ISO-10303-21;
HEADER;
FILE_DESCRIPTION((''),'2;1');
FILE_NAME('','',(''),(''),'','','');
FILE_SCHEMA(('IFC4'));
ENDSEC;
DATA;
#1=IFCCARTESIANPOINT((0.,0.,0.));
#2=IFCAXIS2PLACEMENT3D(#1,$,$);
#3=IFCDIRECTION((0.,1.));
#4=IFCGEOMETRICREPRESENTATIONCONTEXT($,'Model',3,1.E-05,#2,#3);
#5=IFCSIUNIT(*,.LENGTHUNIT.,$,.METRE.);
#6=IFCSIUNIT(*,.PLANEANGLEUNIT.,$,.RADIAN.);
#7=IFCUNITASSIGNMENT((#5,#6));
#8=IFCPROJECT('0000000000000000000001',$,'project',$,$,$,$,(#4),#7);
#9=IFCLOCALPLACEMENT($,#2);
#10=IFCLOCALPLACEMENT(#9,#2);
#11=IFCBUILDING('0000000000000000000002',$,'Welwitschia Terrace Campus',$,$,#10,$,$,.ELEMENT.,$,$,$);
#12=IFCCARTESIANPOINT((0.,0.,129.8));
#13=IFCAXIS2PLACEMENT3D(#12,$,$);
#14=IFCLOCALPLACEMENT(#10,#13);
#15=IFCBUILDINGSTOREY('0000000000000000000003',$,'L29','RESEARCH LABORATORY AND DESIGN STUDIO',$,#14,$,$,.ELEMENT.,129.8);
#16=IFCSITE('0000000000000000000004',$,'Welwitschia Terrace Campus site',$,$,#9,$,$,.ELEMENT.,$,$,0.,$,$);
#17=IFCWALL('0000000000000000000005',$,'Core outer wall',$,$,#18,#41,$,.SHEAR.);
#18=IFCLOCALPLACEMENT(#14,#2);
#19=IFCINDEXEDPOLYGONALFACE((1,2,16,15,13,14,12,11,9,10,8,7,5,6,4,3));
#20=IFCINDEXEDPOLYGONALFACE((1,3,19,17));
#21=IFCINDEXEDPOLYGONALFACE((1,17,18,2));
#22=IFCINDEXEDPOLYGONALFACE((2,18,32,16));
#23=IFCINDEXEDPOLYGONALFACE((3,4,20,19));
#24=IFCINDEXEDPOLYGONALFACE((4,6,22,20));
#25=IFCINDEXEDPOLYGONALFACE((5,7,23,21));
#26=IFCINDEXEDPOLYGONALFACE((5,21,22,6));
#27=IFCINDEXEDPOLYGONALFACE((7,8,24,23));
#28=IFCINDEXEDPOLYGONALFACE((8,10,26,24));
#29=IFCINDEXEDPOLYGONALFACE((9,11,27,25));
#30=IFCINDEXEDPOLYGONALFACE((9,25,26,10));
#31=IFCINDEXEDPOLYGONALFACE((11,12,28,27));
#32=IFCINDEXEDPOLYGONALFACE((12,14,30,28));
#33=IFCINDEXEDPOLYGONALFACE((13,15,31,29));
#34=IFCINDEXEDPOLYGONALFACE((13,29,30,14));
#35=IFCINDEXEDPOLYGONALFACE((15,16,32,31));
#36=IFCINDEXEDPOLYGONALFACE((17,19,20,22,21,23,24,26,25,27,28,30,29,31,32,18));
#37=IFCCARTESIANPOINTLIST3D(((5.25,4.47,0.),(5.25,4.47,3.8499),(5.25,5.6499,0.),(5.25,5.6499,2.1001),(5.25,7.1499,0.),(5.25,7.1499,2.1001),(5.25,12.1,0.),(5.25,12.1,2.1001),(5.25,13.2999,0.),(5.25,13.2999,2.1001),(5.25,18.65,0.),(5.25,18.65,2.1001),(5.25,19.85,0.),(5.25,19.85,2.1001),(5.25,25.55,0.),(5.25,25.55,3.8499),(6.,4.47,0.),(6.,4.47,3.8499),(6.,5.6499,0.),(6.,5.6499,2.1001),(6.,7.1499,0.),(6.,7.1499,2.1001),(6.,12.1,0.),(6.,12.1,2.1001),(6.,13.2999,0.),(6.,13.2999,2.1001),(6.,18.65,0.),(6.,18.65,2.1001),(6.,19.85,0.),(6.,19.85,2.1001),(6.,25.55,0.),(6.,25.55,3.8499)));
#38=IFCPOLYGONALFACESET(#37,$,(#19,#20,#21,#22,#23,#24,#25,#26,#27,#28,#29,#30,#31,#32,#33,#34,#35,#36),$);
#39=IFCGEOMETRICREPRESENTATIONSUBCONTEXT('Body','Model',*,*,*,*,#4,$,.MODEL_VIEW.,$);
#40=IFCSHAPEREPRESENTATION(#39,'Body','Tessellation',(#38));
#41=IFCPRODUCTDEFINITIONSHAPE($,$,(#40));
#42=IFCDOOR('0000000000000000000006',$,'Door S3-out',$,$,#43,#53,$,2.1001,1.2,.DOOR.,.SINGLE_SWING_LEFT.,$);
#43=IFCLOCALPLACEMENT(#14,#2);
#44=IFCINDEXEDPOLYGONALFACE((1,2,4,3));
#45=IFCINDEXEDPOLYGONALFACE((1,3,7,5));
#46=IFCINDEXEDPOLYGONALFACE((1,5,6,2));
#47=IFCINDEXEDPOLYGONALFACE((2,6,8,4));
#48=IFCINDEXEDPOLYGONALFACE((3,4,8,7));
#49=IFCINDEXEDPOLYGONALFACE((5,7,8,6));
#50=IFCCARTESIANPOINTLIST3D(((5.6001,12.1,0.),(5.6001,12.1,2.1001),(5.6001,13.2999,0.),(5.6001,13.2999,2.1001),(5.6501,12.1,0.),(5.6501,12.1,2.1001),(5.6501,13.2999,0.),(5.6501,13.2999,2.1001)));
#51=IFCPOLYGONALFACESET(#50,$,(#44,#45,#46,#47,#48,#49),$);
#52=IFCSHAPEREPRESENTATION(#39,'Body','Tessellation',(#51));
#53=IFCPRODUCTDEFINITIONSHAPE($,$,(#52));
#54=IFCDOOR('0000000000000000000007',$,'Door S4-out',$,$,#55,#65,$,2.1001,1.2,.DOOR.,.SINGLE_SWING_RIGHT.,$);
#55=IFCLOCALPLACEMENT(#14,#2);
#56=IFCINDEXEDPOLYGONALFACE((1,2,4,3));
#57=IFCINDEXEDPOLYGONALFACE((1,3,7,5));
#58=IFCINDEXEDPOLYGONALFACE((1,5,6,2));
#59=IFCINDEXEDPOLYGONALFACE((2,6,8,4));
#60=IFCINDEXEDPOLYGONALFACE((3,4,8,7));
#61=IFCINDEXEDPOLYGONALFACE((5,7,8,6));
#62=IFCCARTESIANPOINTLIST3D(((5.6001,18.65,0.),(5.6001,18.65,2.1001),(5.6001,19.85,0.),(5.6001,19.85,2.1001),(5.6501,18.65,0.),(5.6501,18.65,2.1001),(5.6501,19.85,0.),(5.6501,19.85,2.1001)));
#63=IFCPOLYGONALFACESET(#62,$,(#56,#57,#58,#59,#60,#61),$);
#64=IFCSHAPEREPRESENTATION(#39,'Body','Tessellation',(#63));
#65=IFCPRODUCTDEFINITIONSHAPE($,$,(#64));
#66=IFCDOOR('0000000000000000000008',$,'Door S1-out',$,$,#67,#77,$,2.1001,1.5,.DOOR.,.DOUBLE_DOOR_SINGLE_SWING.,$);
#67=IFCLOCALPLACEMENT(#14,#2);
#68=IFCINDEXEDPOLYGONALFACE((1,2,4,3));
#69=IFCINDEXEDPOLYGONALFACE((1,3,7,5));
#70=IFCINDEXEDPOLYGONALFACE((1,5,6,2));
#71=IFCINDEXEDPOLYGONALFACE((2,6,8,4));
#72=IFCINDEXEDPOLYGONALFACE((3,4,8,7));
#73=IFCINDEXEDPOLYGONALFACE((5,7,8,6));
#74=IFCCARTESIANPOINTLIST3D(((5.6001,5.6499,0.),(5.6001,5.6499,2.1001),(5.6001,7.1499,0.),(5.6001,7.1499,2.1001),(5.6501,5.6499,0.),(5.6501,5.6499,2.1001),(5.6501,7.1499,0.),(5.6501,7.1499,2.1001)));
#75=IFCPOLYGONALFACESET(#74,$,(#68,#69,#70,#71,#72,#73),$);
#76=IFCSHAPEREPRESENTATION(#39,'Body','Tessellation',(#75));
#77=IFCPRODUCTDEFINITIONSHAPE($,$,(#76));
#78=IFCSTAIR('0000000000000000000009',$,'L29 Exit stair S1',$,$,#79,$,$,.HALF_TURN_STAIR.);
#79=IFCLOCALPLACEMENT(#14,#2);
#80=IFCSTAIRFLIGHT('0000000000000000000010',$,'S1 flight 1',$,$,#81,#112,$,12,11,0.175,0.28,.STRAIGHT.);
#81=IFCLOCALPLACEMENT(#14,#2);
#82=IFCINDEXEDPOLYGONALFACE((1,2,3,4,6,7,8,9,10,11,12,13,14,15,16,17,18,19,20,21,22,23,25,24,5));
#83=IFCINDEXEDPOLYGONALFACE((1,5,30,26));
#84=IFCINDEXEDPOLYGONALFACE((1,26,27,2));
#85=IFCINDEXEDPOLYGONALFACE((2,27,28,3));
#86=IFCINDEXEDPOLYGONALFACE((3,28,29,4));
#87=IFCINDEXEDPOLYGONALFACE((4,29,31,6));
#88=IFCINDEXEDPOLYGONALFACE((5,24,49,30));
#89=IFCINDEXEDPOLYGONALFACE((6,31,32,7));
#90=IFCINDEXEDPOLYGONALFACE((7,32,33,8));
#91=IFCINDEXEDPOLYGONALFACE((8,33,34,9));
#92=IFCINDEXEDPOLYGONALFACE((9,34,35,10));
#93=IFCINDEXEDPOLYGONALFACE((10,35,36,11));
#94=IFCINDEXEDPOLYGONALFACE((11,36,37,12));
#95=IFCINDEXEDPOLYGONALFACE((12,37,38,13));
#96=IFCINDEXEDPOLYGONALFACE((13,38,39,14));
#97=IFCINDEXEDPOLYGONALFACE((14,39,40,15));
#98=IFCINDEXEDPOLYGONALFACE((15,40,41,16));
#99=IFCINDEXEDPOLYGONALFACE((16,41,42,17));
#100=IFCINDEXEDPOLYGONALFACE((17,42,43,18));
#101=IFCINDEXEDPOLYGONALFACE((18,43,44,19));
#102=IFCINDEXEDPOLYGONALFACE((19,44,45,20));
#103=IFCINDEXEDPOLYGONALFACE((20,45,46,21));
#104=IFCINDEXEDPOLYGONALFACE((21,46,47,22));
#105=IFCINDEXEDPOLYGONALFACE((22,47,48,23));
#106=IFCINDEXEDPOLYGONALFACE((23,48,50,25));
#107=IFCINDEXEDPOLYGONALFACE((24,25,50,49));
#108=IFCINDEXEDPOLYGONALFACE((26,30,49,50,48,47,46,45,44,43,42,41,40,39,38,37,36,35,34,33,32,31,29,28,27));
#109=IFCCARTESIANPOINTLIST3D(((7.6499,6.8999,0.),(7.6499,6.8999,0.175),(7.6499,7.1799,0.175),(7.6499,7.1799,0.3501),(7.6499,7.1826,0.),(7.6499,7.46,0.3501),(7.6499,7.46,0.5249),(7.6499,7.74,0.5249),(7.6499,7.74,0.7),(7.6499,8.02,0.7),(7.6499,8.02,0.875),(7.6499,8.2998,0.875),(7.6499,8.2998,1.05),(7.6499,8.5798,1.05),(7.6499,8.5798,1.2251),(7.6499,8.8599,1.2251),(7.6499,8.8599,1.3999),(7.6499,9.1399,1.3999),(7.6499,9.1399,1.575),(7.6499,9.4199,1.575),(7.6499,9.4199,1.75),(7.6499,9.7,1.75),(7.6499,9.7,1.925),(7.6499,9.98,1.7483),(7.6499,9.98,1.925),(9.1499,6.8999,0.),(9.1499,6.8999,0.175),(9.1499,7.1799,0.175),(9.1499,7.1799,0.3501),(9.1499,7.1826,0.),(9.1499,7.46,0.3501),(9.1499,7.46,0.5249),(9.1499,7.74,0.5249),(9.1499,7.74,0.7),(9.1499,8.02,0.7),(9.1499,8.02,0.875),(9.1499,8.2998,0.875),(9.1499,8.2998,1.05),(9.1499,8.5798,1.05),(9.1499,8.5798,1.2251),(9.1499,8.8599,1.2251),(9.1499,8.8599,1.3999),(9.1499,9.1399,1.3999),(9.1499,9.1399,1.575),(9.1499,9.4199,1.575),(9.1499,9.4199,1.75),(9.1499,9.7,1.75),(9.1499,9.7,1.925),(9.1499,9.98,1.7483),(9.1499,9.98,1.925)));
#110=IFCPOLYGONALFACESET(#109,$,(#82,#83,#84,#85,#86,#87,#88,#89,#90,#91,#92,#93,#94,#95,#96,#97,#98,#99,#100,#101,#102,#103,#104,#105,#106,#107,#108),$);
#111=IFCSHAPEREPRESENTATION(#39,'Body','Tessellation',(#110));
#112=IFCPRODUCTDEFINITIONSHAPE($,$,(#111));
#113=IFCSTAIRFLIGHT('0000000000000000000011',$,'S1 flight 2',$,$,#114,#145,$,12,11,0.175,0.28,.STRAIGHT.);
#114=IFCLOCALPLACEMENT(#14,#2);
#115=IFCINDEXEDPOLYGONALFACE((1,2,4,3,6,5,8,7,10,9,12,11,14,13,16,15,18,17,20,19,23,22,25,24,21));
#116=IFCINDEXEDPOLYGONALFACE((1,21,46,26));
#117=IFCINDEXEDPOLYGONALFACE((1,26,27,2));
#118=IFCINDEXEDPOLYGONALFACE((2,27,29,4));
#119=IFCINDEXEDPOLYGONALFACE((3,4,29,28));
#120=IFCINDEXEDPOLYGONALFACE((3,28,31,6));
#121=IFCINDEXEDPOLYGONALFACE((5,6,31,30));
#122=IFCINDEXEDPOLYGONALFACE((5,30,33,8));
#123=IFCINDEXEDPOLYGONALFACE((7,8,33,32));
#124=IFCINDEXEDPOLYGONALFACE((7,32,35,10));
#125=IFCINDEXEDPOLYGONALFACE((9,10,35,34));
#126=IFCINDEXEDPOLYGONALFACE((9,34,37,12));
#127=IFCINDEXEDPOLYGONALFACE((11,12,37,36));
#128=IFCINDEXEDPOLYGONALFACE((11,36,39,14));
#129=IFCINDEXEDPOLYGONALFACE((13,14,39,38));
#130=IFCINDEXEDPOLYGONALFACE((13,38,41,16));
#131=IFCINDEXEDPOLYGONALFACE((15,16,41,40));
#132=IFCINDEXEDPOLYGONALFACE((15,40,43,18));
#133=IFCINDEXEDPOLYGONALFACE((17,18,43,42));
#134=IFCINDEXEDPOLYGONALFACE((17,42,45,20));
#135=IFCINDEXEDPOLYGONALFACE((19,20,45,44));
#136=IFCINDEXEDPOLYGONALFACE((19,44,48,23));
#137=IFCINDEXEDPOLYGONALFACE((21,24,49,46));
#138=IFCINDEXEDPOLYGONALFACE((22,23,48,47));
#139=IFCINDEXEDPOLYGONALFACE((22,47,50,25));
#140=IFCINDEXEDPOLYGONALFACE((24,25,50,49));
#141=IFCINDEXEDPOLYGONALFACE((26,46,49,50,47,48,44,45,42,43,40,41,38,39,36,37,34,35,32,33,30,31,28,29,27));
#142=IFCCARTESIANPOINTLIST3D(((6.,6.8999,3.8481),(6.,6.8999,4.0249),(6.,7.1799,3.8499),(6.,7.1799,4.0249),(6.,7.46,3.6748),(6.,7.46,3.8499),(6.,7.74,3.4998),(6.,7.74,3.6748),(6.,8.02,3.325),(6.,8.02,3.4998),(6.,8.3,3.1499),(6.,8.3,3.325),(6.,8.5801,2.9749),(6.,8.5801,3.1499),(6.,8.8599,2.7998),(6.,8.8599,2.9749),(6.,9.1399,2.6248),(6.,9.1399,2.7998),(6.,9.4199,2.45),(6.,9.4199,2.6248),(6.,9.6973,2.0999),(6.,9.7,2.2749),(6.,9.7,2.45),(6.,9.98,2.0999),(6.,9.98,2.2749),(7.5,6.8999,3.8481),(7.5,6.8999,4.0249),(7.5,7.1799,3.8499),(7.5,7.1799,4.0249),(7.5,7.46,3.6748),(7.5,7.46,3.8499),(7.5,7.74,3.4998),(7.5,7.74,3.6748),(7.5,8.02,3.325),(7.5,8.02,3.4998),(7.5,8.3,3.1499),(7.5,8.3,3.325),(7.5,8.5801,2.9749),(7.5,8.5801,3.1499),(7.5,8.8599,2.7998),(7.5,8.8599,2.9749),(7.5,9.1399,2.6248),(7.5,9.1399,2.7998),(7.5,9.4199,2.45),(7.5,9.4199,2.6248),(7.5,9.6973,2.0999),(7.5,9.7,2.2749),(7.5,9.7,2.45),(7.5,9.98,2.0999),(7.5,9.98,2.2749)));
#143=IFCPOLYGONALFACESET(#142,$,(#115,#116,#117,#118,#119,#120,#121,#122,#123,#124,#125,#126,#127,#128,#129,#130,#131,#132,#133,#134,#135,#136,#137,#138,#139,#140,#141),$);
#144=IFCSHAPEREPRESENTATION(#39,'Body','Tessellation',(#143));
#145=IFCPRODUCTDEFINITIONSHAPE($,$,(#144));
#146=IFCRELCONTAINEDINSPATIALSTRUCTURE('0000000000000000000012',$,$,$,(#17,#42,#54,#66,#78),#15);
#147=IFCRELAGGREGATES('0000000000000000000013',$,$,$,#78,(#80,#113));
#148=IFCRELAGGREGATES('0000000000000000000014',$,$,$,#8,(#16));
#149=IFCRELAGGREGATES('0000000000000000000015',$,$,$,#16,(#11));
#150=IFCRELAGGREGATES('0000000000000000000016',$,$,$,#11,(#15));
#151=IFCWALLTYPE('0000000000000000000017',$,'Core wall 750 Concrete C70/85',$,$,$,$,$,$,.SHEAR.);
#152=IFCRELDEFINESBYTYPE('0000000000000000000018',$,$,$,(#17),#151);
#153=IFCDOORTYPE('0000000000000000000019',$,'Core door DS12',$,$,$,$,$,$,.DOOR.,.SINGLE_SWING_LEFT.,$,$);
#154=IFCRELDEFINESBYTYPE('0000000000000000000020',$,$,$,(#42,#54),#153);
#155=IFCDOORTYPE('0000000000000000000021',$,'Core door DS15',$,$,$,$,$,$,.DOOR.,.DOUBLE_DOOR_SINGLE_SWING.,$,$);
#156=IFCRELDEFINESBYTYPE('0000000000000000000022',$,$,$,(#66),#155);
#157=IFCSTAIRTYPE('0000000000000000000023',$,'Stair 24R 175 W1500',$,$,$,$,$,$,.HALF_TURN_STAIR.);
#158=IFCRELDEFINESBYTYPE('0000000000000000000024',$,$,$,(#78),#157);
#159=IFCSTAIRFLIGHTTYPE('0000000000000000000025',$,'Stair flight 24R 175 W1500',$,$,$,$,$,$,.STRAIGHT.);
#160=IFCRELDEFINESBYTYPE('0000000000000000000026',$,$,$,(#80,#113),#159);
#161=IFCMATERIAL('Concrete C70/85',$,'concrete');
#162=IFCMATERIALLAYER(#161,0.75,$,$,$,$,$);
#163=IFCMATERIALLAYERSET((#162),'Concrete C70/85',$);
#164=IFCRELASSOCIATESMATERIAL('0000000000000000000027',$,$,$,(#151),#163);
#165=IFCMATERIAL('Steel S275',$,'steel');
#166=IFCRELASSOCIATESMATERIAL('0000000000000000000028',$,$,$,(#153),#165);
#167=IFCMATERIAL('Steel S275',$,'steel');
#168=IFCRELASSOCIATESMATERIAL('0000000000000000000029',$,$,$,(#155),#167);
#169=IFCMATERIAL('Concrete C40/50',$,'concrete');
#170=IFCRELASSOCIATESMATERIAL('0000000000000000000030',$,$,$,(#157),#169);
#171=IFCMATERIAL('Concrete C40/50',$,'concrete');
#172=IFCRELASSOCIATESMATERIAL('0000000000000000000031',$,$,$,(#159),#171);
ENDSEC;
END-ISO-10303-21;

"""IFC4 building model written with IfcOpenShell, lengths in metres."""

from ifc_helpers import new_model, si_unit, direction, frame, frame_2d, origin, place, context, subcontext, project, spatial, polyline, rectangle, outline, extrude, material, layer, layer_set, type_object, element, fill, aggregate, save


model = new_model("IFC4")

# Units and contexts
model_context = context("Model", 3, precision=1e-05, world=origin(), true_north=direction((0.0, 1.0)))
body_context = subcontext(model_context, "Body", "Model", "MODEL_VIEW")
ifc_project = project(units=[si_unit("LENGTHUNIT", "METRE"), si_unit("PLANEANGLEUNIT", "RADIAN")], contexts=[model_context])

# Site, building, storey
site_placement = place(None, origin())
site = spatial("IfcSite", under=ifc_project, at=site_placement, Name="Welwitschia Terrace Campus site", CompositionType="ELEMENT", RefElevation=0.0)
building_placement = place(site_placement, origin())
building = spatial("IfcBuilding", under=site, at=building_placement, Name="Welwitschia Terrace Campus", CompositionType="ELEMENT")
storey_placement = place(building_placement, frame((0.0, 0.0, 129.8)))
storey = spatial("IfcBuildingStorey", under=building, at=storey_placement, Name="L29", Description="RESEARCH LABORATORY AND DESIGN STUDIO", CompositionType="ELEMENT", Elevation=129.8)

# Wall, openings, doors
ifc_material_1 = material(Name="Concrete C70/85", Category="concrete")
ifc_layer_1 = layer(ifc_material_1, 0.75)
ifc_layer_set_1 = layer_set([ifc_layer_1], Name="Concrete C70/85")
wall_type_1 = type_object("IfcWallType", Name="Core wall 750 Concrete C70/85", PredefinedType="SHEAR", material=ifc_layer_set_1)
wall_1_placement = place(storey_placement, frame((5.625, 4.47, 0.0), z_axis=(0.0, 0.0, 1.0), x_axis=(0.0, 1.0, 0.0)))
wall_1 = element("IfcWall", 1, at=wall_1_placement, inside=storey, type_object=wall_type_1, Name="Core outer wall", PredefinedType="SHEAR", context=body_context, shape_type="SweptSolid", body=[
    extrude(rectangle(XDim=21.0801, YDim=0.75, at=frame_2d((10.54, 0.0))), origin(), (0.0, 0.0, 1.0), 3.8499),
])
opening_1_placement = place(wall_1_placement, frame((1.1799, 0.0, 0.0)))
opening_1 = element("IfcOpeningElement", 2, at=opening_1_placement, cuts=wall_1, PredefinedType="OPENING", context=body_context, shape_type="SweptSolid", body=[
    extrude(rectangle(XDim=1.5, YDim=2.1001, at=frame_2d((0.75, 1.05))), frame((0.0, 0.385, 0.0), z_axis=(0.0, -1.0, 0.0), x_axis=(1.0, 0.0, 0.0)), (0.0, 0.0, 1.0), 0.77),
])
opening_2_placement = place(wall_1_placement, frame((7.6299, 0.0, 0.0)))
opening_2 = element("IfcOpeningElement", 3, at=opening_2_placement, cuts=wall_1, PredefinedType="OPENING", context=body_context, shape_type="SweptSolid", body=[
    extrude(rectangle(XDim=1.2, YDim=2.1001, at=frame_2d((0.6001, 1.05))), frame((0.0, 0.385, 0.0), z_axis=(0.0, -1.0, 0.0), x_axis=(1.0, 0.0, 0.0)), (0.0, 0.0, 1.0), 0.77),
])
opening_3_placement = place(wall_1_placement, frame((14.1799, 0.0, 0.0)))
opening_3 = element("IfcOpeningElement", 4, at=opening_3_placement, cuts=wall_1, PredefinedType="OPENING", context=body_context, shape_type="SweptSolid", body=[
    extrude(rectangle(XDim=1.2, YDim=2.1001, at=frame_2d((0.6001, 1.05))), frame((0.0, 0.385, 0.0), z_axis=(0.0, -1.0, 0.0), x_axis=(1.0, 0.0, 0.0)), (0.0, 0.0, 1.0), 0.77),
])
ifc_material_2 = material(Name="Steel S275", Category="steel")
door_type_1 = type_object("IfcDoorType", Name="Core door DS12", OperationType="SINGLE_SWING_LEFT", PredefinedType="DOOR", material=ifc_material_2)
door_1_placement = place(opening_2_placement, origin())
door_1 = element("IfcDoor", 5, at=door_1_placement, inside=storey, type_object=door_type_1, Name="Door S3-out", OperationType="SINGLE_SWING_LEFT", OverallHeight=2.1001, OverallWidth=1.2, PredefinedType="DOOR", context=body_context, shape_type="SweptSolid", body=[
    extrude(rectangle(XDim=1.2, YDim=2.1001, at=frame_2d((0.6001, 1.05))), frame((0.0, 0.0249, 0.0), z_axis=(0.0, -1.0, 0.0), x_axis=(1.0, 0.0, 0.0)), (0.0, 0.0, 1.0), 0.05),
])
fill(opening_2, door_1)
door_2_placement = place(opening_3_placement, origin())
door_2 = element("IfcDoor", 6, at=door_2_placement, inside=storey, type_object=door_type_1, Name="Door S4-out", OperationType="SINGLE_SWING_RIGHT", OverallHeight=2.1001, OverallWidth=1.2, PredefinedType="DOOR", context=body_context, shape_type="SweptSolid", body=[
    extrude(rectangle(XDim=1.2, YDim=2.1001, at=frame_2d((0.6001, 1.05))), frame((0.0, 0.0249, 0.0), z_axis=(0.0, -1.0, 0.0), x_axis=(1.0, 0.0, 0.0)), (0.0, 0.0, 1.0), 0.05),
])
fill(opening_3, door_2)
ifc_material_3 = material(Name="Steel S275", Category="steel")
door_type_2 = type_object("IfcDoorType", Name="Core door DS15", OperationType="DOUBLE_DOOR_SINGLE_SWING", PredefinedType="DOOR", material=ifc_material_3)
door_3_placement = place(opening_1_placement, origin())
door_3 = element("IfcDoor", 7, at=door_3_placement, inside=storey, type_object=door_type_2, Name="Door S1-out", OperationType="DOUBLE_DOOR_SINGLE_SWING", OverallHeight=2.1001, OverallWidth=1.5, PredefinedType="DOOR", context=body_context, shape_type="SweptSolid", body=[
    extrude(rectangle(XDim=1.5, YDim=2.1001, at=frame_2d((0.75, 1.05))), frame((0.0, 0.0249, 0.0), z_axis=(0.0, -1.0, 0.0), x_axis=(1.0, 0.0, 0.0)), (0.0, 0.0, 1.0), 0.05),
])
fill(opening_1, door_3)

# Stair, stair flights
ifc_material_4 = material(Name="Concrete C40/50", Category="concrete")
stair_type = type_object("IfcStairType", Name="Stair 24R 175 W1500", PredefinedType="HALF_TURN_STAIR", material=ifc_material_4)
stair_placement = place(storey_placement, origin())
stair = element("IfcStair", 8, at=stair_placement, inside=storey, type_object=stair_type, Name="L29 Exit stair S1", PredefinedType="HALF_TURN_STAIR")
ifc_material_5 = material(Name="Concrete C40/50", Category="concrete")
stair_flight_type = type_object("IfcStairFlightType", Name="Stair flight 24R 175 W1500", PredefinedType="STRAIGHT", material=ifc_material_5)
stair_flight_1_placement = place(storey_placement, frame((8.3999, 6.8999, 0.0), z_axis=(0.0, 0.0, 1.0), x_axis=(0.0, 1.0, 0.0)))
stair_flight_1 = element("IfcStairFlight", 9, at=stair_flight_1_placement, type_object=stair_flight_type, Name="S1 flight 1", NumberOfRisers=12, NumberOfTreads=11, PredefinedType="STRAIGHT", RiserHeight=0.175, TreadLength=0.28, context=body_context, shape_type="SweptSolid", body=[
    extrude(outline(polyline([(0.0, 0.0), (0.0, 0.175), (0.28, 0.175), (0.28, 0.3501), (0.5601, 0.3501), (0.5601, 0.5249), (0.8401, 0.5249), (0.8401, 0.7), (1.1201, 0.7), (1.1201, 0.875), (1.3999, 0.875), (1.3999, 1.05), (1.6799, 1.05), (1.6799, 1.2251), (1.96, 1.2251), (1.96, 1.3999), (2.24, 1.3999), (2.24, 1.575), (2.52, 1.575), (2.52, 1.75), (2.8, 1.75), (2.8, 1.925), (3.0801, 1.925), (3.0801, 2.1001), (3.0801, 1.7483), (0.2827, 0.0), (0.0, 0.0)])), frame((0.0, 0.75, 0.0), z_axis=(0.0, -1.0, 0.0), x_axis=(1.0, 0.0, 0.0)), (0.0, 0.0, 1.0), 1.5),
])
stair_flight_2_placement = place(storey_placement, frame((6.75, 9.98, 2.0999), z_axis=(0.0, 0.0, 1.0), x_axis=(0.0, -1.0, 0.0)))
stair_flight_2 = element("IfcStairFlight", 10, at=stair_flight_2_placement, type_object=stair_flight_type, Name="S1 flight 2", NumberOfRisers=12, NumberOfTreads=11, PredefinedType="STRAIGHT", RiserHeight=0.175, TreadLength=0.28, context=body_context, shape_type="SweptSolid", body=[
    extrude(outline(polyline([(0.0, 0.0), (0.0, 0.175), (0.28, 0.175), (0.28, 0.3501), (0.5601, 0.3501), (0.5601, 0.5249), (0.8401, 0.5249), (0.8401, 0.7), (1.1201, 0.7), (1.1201, 0.875), (1.3999, 0.875), (1.3999, 1.05), (1.6799, 1.05), (1.6799, 1.2251), (1.96, 1.2251), (1.96, 1.3999), (2.24, 1.3999), (2.24, 1.575), (2.52, 1.575), (2.52, 1.75), (2.8, 1.75), (2.8, 1.925), (3.0801, 1.925), (3.0801, 2.1001), (3.0801, 1.7483), (0.2827, 0.0), (0.0, 0.0)])), frame((0.0, 0.75, 0.0), z_axis=(0.0, -1.0, 0.0), x_axis=(1.0, 0.0, 0.0)), (0.0, 0.0, 1.0), 1.5),
])
aggregate(stair, [stair_flight_1, stair_flight_2])

save(model, "model.ifc")
